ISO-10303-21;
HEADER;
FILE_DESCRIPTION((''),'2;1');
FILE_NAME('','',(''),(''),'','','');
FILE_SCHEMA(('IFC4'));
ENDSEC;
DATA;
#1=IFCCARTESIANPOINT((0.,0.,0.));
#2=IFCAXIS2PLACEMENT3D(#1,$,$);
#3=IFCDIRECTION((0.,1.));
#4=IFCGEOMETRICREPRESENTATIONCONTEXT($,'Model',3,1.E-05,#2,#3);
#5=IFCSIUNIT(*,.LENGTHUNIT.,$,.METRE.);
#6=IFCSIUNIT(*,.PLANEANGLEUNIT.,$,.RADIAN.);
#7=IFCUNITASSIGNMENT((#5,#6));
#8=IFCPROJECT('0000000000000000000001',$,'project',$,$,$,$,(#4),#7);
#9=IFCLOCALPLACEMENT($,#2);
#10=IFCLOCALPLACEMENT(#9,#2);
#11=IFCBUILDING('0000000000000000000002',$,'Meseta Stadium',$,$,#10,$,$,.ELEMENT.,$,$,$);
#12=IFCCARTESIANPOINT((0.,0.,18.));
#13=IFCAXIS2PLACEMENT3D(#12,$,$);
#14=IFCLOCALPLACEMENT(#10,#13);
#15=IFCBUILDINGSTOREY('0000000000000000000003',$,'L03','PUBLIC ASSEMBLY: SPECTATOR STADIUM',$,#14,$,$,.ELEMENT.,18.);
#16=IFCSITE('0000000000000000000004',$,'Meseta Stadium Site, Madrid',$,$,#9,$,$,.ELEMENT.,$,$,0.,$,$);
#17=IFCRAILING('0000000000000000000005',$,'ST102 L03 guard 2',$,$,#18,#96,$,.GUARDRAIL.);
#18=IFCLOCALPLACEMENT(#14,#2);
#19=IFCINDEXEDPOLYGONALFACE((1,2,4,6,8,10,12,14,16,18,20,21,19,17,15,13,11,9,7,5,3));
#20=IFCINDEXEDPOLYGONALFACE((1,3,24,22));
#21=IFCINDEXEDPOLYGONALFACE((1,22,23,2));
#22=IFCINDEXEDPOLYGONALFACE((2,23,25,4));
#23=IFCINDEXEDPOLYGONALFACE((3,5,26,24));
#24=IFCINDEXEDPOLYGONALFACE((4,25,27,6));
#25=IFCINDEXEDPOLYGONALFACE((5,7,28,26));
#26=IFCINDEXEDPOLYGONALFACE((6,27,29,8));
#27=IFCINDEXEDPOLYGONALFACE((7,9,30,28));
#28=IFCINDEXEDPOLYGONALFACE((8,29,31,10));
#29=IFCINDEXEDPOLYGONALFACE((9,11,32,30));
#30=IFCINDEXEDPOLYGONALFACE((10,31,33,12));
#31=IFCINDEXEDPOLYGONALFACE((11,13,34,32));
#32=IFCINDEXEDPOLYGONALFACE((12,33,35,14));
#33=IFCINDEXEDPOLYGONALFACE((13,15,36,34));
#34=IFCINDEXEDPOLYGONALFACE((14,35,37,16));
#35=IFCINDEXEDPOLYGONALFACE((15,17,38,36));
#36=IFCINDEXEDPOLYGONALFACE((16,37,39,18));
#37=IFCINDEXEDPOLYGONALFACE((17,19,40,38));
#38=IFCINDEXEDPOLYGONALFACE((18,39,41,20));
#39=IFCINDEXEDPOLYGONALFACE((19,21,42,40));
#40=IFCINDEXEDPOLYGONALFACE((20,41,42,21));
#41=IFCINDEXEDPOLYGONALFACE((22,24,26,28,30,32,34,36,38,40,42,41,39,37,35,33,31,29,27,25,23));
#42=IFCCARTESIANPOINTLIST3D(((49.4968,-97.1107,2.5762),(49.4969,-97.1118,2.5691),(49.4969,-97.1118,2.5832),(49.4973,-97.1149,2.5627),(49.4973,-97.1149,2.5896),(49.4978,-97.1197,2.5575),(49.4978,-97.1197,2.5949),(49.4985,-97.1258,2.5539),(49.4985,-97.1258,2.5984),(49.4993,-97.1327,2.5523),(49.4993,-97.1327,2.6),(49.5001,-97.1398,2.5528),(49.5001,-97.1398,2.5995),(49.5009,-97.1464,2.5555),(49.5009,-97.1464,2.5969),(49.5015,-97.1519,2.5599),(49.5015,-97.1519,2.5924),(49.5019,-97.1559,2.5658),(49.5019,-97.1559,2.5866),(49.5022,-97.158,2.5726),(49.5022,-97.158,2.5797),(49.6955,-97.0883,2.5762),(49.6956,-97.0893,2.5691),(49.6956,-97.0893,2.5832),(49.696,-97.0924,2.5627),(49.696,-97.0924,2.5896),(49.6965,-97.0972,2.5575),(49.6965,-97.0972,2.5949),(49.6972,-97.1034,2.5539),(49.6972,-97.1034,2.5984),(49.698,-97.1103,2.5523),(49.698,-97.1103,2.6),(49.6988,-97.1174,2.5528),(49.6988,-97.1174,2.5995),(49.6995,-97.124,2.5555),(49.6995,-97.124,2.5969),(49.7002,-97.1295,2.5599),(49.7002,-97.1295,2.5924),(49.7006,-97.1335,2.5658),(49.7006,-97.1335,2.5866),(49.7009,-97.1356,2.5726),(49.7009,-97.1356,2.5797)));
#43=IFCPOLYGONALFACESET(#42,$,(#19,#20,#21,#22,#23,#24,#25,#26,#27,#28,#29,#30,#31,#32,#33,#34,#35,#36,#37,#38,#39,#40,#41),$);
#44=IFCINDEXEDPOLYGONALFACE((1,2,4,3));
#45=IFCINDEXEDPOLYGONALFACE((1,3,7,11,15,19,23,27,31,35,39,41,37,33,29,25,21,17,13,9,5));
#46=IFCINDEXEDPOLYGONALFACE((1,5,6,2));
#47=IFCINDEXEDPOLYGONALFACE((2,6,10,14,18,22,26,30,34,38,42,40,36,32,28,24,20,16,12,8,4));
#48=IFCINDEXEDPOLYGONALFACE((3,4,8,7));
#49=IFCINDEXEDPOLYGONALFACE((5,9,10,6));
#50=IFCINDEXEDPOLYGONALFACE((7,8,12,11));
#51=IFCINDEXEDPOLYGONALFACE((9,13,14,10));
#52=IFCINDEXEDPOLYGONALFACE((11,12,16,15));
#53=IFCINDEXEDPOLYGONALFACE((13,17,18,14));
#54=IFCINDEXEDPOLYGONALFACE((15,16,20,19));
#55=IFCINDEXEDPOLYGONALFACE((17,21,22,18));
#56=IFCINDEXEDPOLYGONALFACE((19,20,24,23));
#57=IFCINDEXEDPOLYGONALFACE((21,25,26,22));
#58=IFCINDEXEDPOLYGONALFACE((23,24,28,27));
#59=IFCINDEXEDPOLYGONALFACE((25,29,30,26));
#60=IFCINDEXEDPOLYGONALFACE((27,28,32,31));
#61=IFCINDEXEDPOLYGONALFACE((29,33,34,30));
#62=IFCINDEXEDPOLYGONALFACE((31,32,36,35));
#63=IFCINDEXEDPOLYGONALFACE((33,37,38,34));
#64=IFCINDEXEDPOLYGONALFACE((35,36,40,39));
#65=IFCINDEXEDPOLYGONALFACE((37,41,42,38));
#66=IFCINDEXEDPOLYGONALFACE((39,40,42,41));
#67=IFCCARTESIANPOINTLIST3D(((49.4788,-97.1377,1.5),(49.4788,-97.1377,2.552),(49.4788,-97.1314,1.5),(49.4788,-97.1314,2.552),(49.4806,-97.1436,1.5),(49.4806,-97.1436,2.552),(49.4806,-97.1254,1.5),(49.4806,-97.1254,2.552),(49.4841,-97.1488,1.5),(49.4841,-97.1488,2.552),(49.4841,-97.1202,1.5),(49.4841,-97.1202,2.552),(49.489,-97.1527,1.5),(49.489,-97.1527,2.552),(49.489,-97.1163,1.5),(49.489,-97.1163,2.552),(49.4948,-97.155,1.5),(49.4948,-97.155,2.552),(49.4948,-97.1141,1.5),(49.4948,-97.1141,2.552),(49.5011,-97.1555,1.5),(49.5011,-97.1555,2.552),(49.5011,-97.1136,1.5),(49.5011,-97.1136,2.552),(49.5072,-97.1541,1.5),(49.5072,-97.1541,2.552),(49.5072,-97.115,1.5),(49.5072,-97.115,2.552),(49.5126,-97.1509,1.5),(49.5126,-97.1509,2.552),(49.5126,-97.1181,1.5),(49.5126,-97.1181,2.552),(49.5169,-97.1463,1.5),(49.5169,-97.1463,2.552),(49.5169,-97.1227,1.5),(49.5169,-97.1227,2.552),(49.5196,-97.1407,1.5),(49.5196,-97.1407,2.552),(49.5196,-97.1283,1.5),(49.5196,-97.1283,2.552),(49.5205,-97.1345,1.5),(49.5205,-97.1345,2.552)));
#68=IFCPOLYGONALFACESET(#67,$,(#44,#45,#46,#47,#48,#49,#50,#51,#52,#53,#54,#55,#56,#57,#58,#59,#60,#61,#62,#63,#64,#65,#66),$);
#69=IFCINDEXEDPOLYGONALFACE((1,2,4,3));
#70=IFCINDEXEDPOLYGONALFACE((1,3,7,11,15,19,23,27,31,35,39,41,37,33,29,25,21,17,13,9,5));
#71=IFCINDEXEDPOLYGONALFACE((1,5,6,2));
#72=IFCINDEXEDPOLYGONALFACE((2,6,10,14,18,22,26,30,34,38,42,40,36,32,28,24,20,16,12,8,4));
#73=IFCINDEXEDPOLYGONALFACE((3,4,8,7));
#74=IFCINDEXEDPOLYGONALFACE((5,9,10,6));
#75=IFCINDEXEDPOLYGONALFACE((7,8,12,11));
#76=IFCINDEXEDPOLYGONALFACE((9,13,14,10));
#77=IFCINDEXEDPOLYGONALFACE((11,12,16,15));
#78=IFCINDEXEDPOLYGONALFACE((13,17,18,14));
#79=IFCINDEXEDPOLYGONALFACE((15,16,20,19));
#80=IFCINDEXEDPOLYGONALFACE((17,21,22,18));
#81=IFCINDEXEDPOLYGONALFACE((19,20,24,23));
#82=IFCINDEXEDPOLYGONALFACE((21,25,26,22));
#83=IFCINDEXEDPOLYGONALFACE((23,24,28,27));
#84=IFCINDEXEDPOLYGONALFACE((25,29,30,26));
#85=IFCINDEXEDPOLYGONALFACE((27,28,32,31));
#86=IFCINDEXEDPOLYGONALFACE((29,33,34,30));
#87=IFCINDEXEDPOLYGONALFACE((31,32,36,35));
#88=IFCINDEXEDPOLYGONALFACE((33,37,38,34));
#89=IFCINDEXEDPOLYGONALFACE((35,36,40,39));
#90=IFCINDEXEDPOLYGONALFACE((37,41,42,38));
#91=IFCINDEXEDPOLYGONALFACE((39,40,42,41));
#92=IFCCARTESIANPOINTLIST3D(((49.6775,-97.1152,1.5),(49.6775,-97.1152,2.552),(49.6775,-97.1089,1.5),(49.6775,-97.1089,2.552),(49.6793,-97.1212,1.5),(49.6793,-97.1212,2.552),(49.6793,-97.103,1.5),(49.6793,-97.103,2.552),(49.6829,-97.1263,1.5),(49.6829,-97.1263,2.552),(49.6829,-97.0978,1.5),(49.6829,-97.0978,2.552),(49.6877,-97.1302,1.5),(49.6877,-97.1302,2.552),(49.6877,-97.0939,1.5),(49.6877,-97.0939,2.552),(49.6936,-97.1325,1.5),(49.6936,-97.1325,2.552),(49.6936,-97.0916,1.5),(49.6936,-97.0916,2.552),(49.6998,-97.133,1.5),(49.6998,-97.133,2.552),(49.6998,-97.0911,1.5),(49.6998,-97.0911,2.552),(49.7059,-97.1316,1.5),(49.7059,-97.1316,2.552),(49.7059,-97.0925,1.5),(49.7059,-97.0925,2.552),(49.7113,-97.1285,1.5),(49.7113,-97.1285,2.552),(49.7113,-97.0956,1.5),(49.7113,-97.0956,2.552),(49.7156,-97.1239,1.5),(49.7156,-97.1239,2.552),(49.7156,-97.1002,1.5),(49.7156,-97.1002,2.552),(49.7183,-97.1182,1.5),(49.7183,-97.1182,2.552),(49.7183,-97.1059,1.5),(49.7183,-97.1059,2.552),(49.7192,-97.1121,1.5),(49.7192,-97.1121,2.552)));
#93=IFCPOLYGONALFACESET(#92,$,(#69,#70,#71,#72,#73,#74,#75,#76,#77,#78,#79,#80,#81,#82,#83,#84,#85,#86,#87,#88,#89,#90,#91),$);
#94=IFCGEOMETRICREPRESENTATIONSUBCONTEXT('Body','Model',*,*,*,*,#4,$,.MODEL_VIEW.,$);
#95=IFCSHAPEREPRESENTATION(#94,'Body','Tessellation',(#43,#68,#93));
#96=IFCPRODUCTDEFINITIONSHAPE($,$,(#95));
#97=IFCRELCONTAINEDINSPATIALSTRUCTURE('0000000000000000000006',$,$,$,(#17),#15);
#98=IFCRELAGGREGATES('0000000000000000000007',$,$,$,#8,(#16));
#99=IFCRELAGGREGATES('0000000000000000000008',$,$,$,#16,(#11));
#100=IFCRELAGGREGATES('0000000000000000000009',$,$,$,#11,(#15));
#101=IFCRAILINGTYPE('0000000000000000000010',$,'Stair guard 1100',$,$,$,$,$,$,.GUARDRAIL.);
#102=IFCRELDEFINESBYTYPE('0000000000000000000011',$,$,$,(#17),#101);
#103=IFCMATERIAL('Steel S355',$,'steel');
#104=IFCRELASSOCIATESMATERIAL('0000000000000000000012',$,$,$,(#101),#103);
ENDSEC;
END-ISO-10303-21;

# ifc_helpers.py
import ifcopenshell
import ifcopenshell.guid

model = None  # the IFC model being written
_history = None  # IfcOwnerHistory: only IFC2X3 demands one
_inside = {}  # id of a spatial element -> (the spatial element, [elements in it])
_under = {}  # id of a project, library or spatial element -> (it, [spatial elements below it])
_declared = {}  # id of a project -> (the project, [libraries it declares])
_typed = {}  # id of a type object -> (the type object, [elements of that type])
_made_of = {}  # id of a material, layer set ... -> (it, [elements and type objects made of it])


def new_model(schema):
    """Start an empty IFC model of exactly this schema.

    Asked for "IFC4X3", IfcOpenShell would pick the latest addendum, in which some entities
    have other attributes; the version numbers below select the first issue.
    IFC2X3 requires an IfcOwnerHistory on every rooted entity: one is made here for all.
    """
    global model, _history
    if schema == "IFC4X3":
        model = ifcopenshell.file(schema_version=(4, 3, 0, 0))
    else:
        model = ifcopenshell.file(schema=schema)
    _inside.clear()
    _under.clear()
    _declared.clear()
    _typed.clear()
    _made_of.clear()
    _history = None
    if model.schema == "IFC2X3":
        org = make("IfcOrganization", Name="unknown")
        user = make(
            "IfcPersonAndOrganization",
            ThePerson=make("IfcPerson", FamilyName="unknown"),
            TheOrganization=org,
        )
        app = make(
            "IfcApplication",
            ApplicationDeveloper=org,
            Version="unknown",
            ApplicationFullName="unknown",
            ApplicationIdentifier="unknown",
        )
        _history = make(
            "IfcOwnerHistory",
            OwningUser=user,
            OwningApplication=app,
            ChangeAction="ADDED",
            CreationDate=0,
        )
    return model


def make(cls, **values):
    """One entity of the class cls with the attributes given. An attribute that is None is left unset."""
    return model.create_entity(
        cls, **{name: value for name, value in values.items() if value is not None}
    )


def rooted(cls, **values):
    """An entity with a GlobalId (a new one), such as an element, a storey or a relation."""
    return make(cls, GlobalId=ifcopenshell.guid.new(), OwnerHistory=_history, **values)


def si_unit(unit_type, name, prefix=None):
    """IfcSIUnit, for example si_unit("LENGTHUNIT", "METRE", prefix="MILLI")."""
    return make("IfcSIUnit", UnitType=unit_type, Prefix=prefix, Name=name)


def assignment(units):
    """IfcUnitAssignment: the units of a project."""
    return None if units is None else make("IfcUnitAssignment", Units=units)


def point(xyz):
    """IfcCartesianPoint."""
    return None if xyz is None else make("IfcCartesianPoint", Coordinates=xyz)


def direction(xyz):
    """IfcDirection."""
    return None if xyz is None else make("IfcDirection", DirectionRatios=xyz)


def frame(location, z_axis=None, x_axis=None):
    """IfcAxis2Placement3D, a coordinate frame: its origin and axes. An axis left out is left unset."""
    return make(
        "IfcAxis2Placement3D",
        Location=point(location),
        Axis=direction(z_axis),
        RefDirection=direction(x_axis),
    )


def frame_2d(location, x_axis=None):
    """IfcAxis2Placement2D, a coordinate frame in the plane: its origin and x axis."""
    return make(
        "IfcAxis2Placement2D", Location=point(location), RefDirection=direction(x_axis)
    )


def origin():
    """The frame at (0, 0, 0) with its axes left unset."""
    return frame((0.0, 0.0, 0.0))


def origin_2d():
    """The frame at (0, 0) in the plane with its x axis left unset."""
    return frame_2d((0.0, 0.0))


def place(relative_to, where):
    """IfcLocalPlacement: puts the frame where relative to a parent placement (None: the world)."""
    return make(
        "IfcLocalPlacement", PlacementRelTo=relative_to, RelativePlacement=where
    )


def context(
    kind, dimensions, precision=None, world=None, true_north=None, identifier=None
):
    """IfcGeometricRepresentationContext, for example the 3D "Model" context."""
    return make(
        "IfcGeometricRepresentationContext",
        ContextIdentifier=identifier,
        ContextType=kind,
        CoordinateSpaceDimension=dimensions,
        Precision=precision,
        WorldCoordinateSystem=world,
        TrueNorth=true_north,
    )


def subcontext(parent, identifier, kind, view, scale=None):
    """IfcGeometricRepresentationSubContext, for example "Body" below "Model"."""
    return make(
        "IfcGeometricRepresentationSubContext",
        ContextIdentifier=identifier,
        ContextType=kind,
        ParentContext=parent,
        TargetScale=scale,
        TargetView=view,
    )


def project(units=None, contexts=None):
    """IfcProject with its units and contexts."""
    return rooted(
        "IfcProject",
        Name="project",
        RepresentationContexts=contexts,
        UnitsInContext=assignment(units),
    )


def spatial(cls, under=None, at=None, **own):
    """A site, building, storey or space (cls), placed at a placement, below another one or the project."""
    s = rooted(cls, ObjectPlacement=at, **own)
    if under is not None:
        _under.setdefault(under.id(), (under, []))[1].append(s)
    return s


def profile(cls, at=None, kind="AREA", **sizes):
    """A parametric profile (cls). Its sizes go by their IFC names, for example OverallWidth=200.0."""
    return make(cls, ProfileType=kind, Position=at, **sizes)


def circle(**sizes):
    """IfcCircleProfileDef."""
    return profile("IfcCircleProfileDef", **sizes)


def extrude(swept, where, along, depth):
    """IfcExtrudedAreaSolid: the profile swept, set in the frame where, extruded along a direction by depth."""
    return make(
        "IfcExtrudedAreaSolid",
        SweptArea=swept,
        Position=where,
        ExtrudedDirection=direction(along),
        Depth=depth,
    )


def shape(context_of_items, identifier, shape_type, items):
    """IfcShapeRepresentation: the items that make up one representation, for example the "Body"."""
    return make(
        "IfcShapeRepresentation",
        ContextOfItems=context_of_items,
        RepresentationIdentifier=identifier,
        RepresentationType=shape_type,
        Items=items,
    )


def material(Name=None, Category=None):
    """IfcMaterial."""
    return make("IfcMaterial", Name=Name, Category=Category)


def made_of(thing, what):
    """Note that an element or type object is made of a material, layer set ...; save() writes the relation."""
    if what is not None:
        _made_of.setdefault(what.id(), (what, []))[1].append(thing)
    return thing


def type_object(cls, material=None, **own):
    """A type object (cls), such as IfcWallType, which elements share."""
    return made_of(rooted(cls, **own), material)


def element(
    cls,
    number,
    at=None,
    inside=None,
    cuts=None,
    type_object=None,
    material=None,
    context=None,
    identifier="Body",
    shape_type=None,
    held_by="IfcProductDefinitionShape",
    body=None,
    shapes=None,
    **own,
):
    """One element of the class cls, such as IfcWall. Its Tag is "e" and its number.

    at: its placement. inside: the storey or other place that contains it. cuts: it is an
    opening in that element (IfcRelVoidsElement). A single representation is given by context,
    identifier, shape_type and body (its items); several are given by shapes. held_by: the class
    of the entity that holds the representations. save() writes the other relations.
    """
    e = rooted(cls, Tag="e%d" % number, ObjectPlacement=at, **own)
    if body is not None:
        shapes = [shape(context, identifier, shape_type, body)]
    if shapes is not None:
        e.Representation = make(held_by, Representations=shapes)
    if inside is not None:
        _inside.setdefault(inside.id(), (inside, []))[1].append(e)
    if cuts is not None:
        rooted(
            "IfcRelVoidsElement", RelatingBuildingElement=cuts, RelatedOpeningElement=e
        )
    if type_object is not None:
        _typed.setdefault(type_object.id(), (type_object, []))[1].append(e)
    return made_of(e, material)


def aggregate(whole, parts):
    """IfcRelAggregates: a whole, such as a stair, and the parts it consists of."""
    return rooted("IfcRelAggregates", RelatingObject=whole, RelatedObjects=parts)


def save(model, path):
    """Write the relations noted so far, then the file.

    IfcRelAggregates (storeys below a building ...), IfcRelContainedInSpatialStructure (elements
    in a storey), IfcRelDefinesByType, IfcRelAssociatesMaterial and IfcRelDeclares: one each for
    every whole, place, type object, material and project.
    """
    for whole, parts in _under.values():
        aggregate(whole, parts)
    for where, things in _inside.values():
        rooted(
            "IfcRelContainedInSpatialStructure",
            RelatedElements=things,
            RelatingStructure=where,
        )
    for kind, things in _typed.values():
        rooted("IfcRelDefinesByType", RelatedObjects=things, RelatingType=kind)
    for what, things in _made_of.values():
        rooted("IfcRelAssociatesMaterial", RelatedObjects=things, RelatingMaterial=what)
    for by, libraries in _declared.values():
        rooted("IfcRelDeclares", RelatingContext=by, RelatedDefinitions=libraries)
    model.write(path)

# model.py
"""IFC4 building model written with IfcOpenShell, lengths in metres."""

from ifc_helpers import new_model, si_unit, direction, frame, origin, origin_2d, place, context, subcontext, project, spatial, circle, extrude, material, type_object, element, save


model = new_model("IFC4")

# Units and contexts
model_context = context("Model", 3, precision=1e-05, world=origin(), true_north=direction((0.0, 1.0)))
body_context = subcontext(model_context, "Body", "Model", "MODEL_VIEW")
ifc_project = project(units=[si_unit("LENGTHUNIT", "METRE"), si_unit("PLANEANGLEUNIT", "RADIAN")], contexts=[model_context])

# Site, building, storey
site_placement = place(None, origin())
site = spatial("IfcSite", under=ifc_project, at=site_placement, Name="Meseta Stadium Site, Madrid", CompositionType="ELEMENT", RefElevation=0.0)
building_placement = place(site_placement, origin())
building = spatial("IfcBuilding", under=site, at=building_placement, Name="Meseta Stadium", CompositionType="ELEMENT")
storey_placement = place(building_placement, frame((0.0, 0.0, 18.0)))
storey = spatial("IfcBuildingStorey", under=building, at=storey_placement, Name="L03", Description="PUBLIC ASSEMBLY: SPECTATOR STADIUM", CompositionType="ELEMENT", Elevation=18.0)

# Railing
ifc_material_1 = material(Name="Steel S355", Category="steel")
railing_type_1 = type_object("IfcRailingType", Name="Stair guard 1100", PredefinedType="GUARDRAIL", material=ifc_material_1)
railing_placement = place(storey_placement, frame((49.4995, -97.1345, 1.5)))
element("IfcRailing", 1, at=railing_placement, inside=storey, type_object=railing_type_1, Name="ST102 L03 guard 2", PredefinedType="GUARDRAIL", context=body_context, shape_type="SweptSolid", body=[
    extrude(circle(Radius=0.0239, at=origin_2d()), frame((0.0, 0.0, 1.0762), z_axis=(0.993674, 0.112307, 0.0), x_axis=(-0.112307, 0.993674, 0.0)), (0.0, 0.0, 1.0), 0.2),
    extrude(circle(Radius=0.021, at=origin_2d()), origin(), (0.0, 0.0, 1.0), 1.052),
    extrude(circle(Radius=0.021, at=origin_2d()), frame((0.1987, 0.0225, 0.0)), (0.0, 0.0, 1.0), 1.052),
])

save(model, "model.ifc")
